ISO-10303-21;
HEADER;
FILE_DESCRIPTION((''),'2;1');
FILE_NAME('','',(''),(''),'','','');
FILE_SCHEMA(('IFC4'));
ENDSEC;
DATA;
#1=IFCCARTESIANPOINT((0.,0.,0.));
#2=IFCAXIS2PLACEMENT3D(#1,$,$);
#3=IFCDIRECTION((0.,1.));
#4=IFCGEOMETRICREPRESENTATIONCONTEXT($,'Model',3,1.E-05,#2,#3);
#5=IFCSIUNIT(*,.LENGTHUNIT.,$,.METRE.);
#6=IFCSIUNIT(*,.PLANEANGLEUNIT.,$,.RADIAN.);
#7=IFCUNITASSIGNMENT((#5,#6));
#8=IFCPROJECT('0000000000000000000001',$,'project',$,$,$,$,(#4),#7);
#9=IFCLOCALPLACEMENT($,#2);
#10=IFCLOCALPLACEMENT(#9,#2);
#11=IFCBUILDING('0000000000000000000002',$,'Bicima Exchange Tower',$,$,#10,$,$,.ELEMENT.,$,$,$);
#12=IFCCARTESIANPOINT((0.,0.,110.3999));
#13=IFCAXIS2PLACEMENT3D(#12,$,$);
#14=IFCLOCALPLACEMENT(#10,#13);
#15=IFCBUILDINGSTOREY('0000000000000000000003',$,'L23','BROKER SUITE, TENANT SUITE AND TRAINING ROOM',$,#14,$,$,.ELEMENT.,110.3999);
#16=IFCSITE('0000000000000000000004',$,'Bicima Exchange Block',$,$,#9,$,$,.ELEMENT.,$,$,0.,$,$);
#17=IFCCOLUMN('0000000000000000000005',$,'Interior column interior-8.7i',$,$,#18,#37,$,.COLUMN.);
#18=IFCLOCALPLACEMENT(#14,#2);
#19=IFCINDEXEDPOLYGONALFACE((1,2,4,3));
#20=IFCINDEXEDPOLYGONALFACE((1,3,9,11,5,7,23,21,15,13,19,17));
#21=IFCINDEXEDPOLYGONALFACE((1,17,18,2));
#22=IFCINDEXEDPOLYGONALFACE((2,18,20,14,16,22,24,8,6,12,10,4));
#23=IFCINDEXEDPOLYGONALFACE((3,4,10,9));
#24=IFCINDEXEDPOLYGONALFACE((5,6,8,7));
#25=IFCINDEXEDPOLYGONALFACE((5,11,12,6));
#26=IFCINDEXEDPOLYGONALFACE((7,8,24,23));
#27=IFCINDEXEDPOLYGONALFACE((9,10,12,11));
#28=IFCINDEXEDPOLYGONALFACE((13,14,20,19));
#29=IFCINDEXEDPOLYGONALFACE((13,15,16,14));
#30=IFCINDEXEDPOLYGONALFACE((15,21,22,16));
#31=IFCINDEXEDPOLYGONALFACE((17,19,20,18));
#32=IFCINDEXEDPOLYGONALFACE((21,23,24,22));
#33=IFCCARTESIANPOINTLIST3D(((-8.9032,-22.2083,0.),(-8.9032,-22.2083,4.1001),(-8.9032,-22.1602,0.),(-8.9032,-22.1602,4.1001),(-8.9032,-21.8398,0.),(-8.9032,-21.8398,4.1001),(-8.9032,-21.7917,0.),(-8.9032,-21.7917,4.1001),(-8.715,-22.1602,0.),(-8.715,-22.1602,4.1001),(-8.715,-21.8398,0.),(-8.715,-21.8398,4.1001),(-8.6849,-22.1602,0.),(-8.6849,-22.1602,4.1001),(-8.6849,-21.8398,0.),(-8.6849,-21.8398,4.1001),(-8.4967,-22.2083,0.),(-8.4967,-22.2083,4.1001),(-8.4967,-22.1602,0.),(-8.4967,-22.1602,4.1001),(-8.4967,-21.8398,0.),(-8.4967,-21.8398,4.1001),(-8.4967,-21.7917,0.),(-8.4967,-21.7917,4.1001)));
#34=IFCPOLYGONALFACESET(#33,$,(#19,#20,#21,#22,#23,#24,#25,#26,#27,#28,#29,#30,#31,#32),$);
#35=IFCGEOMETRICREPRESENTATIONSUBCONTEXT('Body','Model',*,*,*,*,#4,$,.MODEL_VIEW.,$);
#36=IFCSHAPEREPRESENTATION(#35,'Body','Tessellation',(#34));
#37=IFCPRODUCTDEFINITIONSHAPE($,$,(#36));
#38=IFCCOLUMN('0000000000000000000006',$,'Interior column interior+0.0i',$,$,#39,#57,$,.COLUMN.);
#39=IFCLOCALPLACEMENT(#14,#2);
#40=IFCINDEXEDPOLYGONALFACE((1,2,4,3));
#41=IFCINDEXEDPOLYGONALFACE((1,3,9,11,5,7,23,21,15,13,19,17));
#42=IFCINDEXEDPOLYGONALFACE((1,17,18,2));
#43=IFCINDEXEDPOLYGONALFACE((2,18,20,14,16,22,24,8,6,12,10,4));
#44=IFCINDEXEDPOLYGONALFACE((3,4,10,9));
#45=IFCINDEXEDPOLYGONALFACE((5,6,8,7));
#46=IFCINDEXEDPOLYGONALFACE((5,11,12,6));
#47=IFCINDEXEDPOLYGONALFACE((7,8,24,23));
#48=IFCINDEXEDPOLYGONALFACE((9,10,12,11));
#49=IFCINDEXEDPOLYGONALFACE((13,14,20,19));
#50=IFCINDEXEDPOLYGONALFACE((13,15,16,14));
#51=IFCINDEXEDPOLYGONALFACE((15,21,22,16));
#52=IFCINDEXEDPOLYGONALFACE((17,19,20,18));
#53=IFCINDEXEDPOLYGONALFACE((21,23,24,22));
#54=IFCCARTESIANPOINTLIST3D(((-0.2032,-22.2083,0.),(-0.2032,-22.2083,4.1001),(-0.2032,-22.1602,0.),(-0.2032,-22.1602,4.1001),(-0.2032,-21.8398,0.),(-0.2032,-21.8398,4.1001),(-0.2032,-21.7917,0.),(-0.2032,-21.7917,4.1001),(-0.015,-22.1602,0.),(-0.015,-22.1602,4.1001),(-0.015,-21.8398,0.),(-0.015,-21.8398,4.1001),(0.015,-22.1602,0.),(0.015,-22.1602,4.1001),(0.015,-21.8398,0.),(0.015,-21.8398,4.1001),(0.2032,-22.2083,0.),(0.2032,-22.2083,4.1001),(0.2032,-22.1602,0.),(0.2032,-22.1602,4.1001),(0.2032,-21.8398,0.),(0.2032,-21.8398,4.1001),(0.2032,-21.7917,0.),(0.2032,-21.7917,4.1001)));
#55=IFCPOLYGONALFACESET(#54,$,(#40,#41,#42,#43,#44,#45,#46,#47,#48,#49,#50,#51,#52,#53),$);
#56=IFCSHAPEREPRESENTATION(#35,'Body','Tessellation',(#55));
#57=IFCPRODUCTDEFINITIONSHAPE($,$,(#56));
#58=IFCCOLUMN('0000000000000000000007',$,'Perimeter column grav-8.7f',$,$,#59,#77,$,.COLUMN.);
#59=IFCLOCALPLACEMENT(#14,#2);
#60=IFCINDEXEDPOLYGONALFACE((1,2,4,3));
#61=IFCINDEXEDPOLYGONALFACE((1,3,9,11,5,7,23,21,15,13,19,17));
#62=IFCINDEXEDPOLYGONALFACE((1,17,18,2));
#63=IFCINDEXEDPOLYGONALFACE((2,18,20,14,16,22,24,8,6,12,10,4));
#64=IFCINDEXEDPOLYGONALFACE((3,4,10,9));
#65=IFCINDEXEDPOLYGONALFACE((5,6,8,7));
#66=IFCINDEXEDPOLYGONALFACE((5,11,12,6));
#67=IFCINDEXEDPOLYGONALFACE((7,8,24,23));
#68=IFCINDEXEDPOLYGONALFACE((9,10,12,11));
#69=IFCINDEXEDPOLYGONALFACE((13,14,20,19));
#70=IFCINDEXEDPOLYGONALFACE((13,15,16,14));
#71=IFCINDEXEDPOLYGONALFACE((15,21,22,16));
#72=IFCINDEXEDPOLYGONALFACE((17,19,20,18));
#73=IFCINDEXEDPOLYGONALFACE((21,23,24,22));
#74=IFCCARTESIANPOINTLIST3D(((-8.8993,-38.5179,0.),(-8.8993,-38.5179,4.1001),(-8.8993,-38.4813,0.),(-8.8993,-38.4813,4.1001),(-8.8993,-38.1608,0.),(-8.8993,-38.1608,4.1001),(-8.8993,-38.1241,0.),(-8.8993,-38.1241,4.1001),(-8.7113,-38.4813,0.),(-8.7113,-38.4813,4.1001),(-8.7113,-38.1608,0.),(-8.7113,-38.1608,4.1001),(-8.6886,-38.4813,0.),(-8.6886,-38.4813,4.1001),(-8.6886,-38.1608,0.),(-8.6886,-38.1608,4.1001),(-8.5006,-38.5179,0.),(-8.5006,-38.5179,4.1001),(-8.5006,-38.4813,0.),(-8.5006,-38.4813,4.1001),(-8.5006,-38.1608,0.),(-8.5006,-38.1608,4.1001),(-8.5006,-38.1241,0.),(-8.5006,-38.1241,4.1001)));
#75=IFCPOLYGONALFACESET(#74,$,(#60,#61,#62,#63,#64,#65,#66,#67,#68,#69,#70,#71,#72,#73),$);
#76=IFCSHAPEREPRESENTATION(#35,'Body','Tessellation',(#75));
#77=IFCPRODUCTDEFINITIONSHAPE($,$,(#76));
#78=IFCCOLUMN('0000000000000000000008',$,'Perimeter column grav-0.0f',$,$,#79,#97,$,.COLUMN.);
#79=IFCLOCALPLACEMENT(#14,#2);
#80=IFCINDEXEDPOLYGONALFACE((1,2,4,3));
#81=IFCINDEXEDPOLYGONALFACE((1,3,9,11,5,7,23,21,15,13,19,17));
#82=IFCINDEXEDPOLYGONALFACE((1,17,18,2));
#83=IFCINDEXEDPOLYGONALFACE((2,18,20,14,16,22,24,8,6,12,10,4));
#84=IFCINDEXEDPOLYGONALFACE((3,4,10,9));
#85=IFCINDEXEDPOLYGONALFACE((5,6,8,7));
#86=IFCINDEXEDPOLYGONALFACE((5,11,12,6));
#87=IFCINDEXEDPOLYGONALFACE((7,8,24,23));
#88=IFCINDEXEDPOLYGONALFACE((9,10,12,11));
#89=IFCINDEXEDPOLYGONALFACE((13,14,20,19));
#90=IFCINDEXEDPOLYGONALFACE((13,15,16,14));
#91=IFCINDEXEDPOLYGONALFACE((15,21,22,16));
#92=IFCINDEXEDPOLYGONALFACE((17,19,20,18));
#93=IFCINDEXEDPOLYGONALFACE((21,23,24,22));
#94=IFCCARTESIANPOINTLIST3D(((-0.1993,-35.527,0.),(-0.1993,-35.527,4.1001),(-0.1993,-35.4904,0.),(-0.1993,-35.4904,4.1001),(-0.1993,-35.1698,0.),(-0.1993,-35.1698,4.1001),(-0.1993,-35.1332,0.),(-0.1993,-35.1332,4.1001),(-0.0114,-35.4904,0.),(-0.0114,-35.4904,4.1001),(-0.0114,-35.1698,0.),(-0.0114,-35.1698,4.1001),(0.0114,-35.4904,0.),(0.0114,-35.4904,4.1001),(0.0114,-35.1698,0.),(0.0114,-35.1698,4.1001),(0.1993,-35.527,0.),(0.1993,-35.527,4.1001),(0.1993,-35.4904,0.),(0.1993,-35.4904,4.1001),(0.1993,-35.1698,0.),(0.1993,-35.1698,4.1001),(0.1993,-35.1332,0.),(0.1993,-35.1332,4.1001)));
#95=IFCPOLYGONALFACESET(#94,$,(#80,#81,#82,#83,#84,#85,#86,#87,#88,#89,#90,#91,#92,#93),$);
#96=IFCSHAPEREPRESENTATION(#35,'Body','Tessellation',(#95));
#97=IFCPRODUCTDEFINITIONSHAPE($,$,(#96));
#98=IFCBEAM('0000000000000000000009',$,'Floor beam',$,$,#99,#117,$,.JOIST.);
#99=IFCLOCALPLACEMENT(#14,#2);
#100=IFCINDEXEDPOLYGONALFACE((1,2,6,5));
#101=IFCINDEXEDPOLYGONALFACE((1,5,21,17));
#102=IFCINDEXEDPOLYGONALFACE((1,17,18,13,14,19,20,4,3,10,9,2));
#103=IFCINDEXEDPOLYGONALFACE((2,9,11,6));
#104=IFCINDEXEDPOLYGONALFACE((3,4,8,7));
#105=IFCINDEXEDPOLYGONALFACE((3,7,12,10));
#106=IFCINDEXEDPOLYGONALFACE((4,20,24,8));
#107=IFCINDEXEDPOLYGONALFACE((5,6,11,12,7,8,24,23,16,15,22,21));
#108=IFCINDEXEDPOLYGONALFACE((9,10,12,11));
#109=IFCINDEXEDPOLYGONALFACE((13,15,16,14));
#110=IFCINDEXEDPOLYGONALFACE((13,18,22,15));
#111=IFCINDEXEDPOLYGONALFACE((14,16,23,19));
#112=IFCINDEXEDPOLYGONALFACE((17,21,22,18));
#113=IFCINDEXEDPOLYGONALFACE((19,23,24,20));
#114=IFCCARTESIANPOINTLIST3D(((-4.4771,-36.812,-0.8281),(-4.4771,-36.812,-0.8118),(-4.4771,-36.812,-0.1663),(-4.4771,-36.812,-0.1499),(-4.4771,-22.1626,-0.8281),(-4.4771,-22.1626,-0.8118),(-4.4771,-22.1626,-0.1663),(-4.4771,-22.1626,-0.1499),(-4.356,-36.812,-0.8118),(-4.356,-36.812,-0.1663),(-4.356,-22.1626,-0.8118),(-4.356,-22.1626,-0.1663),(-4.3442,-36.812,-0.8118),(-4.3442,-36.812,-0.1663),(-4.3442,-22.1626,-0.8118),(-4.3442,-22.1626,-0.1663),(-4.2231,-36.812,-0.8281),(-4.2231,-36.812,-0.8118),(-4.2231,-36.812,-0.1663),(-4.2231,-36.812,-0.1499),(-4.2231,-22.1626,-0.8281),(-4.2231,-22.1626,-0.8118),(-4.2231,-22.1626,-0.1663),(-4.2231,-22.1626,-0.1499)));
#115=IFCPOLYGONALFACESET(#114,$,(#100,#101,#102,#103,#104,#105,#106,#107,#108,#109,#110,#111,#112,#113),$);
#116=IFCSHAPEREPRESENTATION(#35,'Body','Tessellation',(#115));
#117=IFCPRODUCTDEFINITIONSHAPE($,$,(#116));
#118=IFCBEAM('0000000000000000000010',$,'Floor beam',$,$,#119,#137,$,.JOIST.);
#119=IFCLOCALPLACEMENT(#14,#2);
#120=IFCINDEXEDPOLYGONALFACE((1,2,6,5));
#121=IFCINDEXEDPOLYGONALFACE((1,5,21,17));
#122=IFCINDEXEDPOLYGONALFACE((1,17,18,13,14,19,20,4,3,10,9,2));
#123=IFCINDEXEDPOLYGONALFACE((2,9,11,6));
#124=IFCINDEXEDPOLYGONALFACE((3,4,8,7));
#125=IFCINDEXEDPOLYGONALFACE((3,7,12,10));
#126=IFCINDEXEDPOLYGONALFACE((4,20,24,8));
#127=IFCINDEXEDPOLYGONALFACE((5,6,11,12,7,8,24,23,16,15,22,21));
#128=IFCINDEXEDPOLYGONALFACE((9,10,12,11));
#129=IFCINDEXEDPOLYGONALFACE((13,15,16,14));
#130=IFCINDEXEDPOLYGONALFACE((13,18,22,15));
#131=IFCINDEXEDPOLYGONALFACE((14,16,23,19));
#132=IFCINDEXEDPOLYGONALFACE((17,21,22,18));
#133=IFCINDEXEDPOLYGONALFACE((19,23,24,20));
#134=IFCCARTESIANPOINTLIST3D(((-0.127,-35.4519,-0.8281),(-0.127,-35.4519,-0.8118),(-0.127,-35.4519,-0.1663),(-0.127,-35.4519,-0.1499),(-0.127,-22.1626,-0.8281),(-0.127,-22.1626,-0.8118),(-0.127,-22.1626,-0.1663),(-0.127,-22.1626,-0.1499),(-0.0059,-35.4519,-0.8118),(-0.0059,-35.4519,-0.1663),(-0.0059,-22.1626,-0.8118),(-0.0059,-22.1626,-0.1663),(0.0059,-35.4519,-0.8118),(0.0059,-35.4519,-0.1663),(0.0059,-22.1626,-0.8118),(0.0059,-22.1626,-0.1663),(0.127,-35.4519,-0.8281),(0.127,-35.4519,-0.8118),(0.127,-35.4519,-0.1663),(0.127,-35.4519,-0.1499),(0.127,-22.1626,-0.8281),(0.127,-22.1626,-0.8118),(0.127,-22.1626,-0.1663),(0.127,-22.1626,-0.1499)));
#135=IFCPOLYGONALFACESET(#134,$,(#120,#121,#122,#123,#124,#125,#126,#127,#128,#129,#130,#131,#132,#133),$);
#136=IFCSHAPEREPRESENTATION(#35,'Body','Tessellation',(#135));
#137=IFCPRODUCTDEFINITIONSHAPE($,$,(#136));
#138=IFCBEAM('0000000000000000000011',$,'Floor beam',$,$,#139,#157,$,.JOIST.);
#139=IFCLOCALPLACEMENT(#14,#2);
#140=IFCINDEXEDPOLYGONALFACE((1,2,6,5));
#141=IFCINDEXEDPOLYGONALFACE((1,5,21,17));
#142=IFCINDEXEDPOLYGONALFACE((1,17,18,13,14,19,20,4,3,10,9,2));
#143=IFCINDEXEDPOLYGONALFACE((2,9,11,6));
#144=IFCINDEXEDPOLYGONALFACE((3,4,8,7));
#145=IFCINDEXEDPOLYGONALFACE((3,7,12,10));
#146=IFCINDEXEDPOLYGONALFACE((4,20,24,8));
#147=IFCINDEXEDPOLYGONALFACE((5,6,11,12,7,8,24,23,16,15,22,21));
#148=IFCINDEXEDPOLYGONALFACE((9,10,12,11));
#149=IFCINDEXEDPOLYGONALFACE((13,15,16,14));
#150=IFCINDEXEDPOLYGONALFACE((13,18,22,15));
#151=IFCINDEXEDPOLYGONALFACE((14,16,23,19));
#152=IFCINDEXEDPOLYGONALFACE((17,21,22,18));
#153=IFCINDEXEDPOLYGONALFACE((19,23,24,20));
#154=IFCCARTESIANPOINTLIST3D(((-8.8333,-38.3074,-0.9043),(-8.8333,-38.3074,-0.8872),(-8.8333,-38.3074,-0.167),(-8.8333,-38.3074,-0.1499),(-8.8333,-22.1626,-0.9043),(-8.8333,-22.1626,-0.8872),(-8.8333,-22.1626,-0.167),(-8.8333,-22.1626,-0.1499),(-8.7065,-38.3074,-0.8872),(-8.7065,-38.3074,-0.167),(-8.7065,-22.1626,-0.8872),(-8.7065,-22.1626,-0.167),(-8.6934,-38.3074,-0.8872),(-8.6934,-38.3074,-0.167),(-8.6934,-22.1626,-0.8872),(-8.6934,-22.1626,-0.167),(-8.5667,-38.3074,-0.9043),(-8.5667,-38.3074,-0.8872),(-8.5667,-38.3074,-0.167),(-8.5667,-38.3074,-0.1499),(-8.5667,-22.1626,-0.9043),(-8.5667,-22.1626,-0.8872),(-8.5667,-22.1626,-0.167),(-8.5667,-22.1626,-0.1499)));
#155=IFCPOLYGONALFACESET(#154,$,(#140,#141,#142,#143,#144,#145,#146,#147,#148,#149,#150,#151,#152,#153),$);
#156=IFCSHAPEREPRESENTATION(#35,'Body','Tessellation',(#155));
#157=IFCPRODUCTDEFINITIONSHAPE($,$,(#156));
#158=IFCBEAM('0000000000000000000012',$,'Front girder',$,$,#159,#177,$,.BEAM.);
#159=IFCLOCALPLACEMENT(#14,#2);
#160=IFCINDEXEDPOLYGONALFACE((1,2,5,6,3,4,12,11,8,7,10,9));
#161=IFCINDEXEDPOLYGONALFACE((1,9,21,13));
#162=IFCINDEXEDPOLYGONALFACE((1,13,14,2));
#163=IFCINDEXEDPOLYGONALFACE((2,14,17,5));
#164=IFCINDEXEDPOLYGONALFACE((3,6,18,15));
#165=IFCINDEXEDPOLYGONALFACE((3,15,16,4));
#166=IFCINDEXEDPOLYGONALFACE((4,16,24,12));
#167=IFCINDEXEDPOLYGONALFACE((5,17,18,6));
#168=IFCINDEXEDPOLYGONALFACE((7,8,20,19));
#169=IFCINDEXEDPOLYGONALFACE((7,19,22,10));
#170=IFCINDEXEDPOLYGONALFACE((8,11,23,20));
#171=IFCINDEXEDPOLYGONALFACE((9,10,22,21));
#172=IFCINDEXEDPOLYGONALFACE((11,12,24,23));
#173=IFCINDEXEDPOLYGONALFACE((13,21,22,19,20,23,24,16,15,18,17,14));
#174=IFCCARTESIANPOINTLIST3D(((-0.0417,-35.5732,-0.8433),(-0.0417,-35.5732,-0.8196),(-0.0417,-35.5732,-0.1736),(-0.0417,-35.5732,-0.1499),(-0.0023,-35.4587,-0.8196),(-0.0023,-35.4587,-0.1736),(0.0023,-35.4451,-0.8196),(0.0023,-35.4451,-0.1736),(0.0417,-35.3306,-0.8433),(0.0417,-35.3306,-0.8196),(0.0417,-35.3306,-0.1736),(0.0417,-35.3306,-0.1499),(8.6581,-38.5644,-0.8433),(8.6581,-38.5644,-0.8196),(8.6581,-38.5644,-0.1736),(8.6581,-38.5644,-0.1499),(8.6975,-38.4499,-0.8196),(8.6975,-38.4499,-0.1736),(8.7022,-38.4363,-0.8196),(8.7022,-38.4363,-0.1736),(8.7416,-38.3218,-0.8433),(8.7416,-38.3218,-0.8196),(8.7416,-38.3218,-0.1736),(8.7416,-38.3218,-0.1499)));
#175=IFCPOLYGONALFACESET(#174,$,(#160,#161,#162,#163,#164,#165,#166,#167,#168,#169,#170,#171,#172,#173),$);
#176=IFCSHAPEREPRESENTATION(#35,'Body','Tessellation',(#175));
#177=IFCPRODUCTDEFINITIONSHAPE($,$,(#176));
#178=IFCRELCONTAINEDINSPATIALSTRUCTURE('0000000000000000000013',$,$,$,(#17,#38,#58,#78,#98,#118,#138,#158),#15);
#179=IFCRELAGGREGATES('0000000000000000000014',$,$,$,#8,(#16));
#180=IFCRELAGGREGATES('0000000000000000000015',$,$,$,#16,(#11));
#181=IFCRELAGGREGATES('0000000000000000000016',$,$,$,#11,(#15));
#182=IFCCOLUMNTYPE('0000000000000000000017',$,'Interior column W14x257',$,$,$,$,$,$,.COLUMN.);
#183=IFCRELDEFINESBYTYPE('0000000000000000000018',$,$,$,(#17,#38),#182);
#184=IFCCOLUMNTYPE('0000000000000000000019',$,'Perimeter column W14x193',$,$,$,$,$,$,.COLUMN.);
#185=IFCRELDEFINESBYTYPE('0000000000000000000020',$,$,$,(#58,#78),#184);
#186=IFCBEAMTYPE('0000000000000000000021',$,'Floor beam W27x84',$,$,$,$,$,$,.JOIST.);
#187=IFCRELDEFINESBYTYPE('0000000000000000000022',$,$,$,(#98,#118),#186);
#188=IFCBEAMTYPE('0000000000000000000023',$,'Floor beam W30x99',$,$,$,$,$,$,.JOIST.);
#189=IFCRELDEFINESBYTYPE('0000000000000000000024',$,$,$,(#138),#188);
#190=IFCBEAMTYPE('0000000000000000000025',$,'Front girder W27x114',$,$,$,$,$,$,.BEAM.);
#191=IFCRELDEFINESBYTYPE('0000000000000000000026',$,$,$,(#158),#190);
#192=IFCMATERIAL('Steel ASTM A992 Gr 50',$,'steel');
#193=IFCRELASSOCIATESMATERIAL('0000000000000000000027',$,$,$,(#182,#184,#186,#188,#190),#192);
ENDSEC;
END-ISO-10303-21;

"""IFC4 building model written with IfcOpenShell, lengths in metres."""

from ifc_helpers import new_model, si_unit, direction, frame, origin, origin_2d, place, context, subcontext, project, spatial, i_section, extrude, material, material_profile, profile_set, type_object, element, save


model = new_model("IFC4")

# Units and contexts
model_context = context("Model", 3, precision=1e-05, world=origin(), true_north=direction((0.0, 1.0)))
body_context = subcontext(model_context, "Body", "Model", "MODEL_VIEW")
ifc_project = project(units=[si_unit("LENGTHUNIT", "METRE"), si_unit("PLANEANGLEUNIT", "RADIAN")], contexts=[model_context])

# Site, building, storey
site_placement = place(None, origin())
site = spatial("IfcSite", under=ifc_project, at=site_placement, Name="Bicima Exchange Block", CompositionType="ELEMENT", RefElevation=0.0)
building_placement = place(site_placement, origin())
building = spatial("IfcBuilding", under=site, at=building_placement, Name="Bicima Exchange Tower", CompositionType="ELEMENT")
storey_placement = place(building_placement, frame((0.0, 0.0, 110.3999)))
storey = spatial("IfcBuildingStorey", under=building, at=storey_placement, Name="L23", Description="BROKER SUITE, TENANT SUITE AND TRAINING ROOM", CompositionType="ELEMENT", Elevation=110.3999)

# Columns
ifc_material_1 = material(Name="Steel ASTM A992 Gr 50", Category="steel")
ifc_material_profile_1 = material_profile(ifc_material_1, i_section(OverallWidth=0.4065, OverallDepth=0.4165, WebThickness=0.03, FlangeThickness=0.0481, at=origin_2d()))
ifc_profile_set_1 = profile_set([ifc_material_profile_1], Name="Steel ASTM A992 Gr 50")
column_type_1 = type_object("IfcColumnType", Name="Interior column W14x257", PredefinedType="COLUMN", material=ifc_profile_set_1)
for number, where, z_axis, x_axis, name in (
    (1, (-8.7, -22.0, 0.0), (0.0, 0.0, 1.0), (1.0, 0.0, 0.0), "Interior column interior-8.7i"),
    (2, (0.0, -22.0, 0.0), (0.0, 0.0, 1.0), (1.0, 0.0, 0.0), "Interior column interior+0.0i"),
):
    element("IfcColumn", number, at=place(storey_placement, frame(where, z_axis=z_axis, x_axis=x_axis)), inside=storey, type_object=column_type_1, Name=name, PredefinedType="COLUMN", context=body_context, shape_type="SweptSolid", body=[
        extrude(i_section(OverallWidth=0.4065, OverallDepth=0.4165, WebThickness=0.03, FlangeThickness=0.0481, at=origin_2d()), origin(), (0.0, 0.0, 1.0), 4.1001),
    ])
ifc_material_profile_2 = material_profile(ifc_material_1, i_section(OverallWidth=0.3987, OverallDepth=0.3938, WebThickness=0.0227, FlangeThickness=0.0366, at=origin_2d()))
ifc_profile_set_2 = profile_set([ifc_material_profile_2], Name="Steel ASTM A992 Gr 50")
column_type_2 = type_object("IfcColumnType", Name="Perimeter column W14x193", PredefinedType="COLUMN", material=ifc_profile_set_2)
for number, where, z_axis, x_axis, name in (
    (3, (-8.7, -38.321, 0.0), (0.0, 0.0, 1.0), (1.0, 0.0, 0.0), "Perimeter column grav-8.7f"),
    (4, (0.0, -35.3301, 0.0), (0.0, 0.0, 1.0), (1.0, 0.0, 0.0), "Perimeter column grav-0.0f"),
):
    element("IfcColumn", number, at=place(storey_placement, frame(where, z_axis=z_axis, x_axis=x_axis)), inside=storey, type_object=column_type_2, Name=name, PredefinedType="COLUMN", context=body_context, shape_type="SweptSolid", body=[
        extrude(i_section(OverallWidth=0.3987, OverallDepth=0.3938, WebThickness=0.0227, FlangeThickness=0.0366, at=origin_2d()), origin(), (0.0, 0.0, 1.0), 4.1001),
    ])

# Beams
ifc_material_profile_3 = material_profile(ifc_material_1, i_section(OverallWidth=0.2539, OverallDepth=0.6782, WebThickness=0.0117, FlangeThickness=0.0164, at=origin_2d()))
ifc_profile_set_3 = profile_set([ifc_material_profile_3], Name="Steel ASTM A992 Gr 50")
beam_type_1 = type_object("IfcBeamType", Name="Floor beam W27x84", PredefinedType="JOIST", material=ifc_profile_set_3)
beam_1_placement = place(storey_placement, frame((-4.3501, -22.1626, -0.489), z_axis=(0.0, -1.0, 0.0), x_axis=(1.0, 0.0, 0.0)))
element("IfcBeam", 5, at=beam_1_placement, inside=storey, type_object=beam_type_1, Name="Floor beam", PredefinedType="JOIST", context=body_context, shape_type="SweptSolid", body=[
    extrude(i_section(OverallWidth=0.2539, OverallDepth=0.6782, WebThickness=0.0117, FlangeThickness=0.0164, at=origin_2d()), origin(), (0.0, 0.0, 1.0), 14.6494),
])
beam_2_placement = place(storey_placement, frame((0.0, -22.1626, -0.489), z_axis=(0.0, -1.0, 0.0), x_axis=(1.0, 0.0, 0.0)))
element("IfcBeam", 6, at=beam_2_placement, inside=storey, type_object=beam_type_1, Name="Floor beam", PredefinedType="JOIST", context=body_context, shape_type="SweptSolid", body=[
    extrude(i_section(OverallWidth=0.2539, OverallDepth=0.6782, WebThickness=0.0117, FlangeThickness=0.0164, at=origin_2d()), origin(), (0.0, 0.0, 1.0), 13.2893),
])
ifc_material_profile_4 = material_profile(ifc_material_1, i_section(OverallWidth=0.2666, OverallDepth=0.7544, WebThickness=0.0132, FlangeThickness=0.0171, at=origin_2d()))
ifc_profile_set_4 = profile_set([ifc_material_profile_4], Name="Steel ASTM A992 Gr 50")
beam_type_2 = type_object("IfcBeamType", Name="Floor beam W30x99", PredefinedType="JOIST", material=ifc_profile_set_4)
beam_3_placement = place(storey_placement, frame((-8.7, -22.1626, -0.5271), z_axis=(0.0, -1.0, 0.0), x_axis=(1.0, 0.0, 0.0)))
element("IfcBeam", 7, at=beam_3_placement, inside=storey, type_object=beam_type_2, Name="Floor beam", PredefinedType="JOIST", context=body_context, shape_type="SweptSolid", body=[
    extrude(i_section(OverallWidth=0.2666, OverallDepth=0.7544, WebThickness=0.0132, FlangeThickness=0.0171, at=origin_2d()), origin(), (0.0, 0.0, 1.0), 16.1448),
])
ifc_material_profile_5 = material_profile(ifc_material_1, i_section(OverallWidth=0.2566, OverallDepth=0.6934, WebThickness=0.0144, FlangeThickness=0.0237, at=origin_2d()))
ifc_profile_set_5 = profile_set([ifc_material_profile_5], Name="Steel ASTM A992 Gr 50")
beam_type_3 = type_object("IfcBeamType", Name="Front girder W27x114", PredefinedType="BEAM", material=ifc_profile_set_5)
beam_4_placement = place(storey_placement, frame((0.0, -35.4519, -0.4966), z_axis=(0.945666, -0.325138, 0.0), x_axis=(0.325138, 0.945666, 0.0)))
element("IfcBeam", 8, at=beam_4_placement, inside=storey, type_object=beam_type_3, Name="Front girder", PredefinedType="BEAM", context=body_context, shape_type="SweptSolid", body=[
    extrude(i_section(OverallWidth=0.2566, OverallDepth=0.6934, WebThickness=0.0144, FlangeThickness=0.0237, at=origin_2d()), origin(), (0.0, 0.0, 1.0), 9.1997),
])

save(model, "model.ifc")
